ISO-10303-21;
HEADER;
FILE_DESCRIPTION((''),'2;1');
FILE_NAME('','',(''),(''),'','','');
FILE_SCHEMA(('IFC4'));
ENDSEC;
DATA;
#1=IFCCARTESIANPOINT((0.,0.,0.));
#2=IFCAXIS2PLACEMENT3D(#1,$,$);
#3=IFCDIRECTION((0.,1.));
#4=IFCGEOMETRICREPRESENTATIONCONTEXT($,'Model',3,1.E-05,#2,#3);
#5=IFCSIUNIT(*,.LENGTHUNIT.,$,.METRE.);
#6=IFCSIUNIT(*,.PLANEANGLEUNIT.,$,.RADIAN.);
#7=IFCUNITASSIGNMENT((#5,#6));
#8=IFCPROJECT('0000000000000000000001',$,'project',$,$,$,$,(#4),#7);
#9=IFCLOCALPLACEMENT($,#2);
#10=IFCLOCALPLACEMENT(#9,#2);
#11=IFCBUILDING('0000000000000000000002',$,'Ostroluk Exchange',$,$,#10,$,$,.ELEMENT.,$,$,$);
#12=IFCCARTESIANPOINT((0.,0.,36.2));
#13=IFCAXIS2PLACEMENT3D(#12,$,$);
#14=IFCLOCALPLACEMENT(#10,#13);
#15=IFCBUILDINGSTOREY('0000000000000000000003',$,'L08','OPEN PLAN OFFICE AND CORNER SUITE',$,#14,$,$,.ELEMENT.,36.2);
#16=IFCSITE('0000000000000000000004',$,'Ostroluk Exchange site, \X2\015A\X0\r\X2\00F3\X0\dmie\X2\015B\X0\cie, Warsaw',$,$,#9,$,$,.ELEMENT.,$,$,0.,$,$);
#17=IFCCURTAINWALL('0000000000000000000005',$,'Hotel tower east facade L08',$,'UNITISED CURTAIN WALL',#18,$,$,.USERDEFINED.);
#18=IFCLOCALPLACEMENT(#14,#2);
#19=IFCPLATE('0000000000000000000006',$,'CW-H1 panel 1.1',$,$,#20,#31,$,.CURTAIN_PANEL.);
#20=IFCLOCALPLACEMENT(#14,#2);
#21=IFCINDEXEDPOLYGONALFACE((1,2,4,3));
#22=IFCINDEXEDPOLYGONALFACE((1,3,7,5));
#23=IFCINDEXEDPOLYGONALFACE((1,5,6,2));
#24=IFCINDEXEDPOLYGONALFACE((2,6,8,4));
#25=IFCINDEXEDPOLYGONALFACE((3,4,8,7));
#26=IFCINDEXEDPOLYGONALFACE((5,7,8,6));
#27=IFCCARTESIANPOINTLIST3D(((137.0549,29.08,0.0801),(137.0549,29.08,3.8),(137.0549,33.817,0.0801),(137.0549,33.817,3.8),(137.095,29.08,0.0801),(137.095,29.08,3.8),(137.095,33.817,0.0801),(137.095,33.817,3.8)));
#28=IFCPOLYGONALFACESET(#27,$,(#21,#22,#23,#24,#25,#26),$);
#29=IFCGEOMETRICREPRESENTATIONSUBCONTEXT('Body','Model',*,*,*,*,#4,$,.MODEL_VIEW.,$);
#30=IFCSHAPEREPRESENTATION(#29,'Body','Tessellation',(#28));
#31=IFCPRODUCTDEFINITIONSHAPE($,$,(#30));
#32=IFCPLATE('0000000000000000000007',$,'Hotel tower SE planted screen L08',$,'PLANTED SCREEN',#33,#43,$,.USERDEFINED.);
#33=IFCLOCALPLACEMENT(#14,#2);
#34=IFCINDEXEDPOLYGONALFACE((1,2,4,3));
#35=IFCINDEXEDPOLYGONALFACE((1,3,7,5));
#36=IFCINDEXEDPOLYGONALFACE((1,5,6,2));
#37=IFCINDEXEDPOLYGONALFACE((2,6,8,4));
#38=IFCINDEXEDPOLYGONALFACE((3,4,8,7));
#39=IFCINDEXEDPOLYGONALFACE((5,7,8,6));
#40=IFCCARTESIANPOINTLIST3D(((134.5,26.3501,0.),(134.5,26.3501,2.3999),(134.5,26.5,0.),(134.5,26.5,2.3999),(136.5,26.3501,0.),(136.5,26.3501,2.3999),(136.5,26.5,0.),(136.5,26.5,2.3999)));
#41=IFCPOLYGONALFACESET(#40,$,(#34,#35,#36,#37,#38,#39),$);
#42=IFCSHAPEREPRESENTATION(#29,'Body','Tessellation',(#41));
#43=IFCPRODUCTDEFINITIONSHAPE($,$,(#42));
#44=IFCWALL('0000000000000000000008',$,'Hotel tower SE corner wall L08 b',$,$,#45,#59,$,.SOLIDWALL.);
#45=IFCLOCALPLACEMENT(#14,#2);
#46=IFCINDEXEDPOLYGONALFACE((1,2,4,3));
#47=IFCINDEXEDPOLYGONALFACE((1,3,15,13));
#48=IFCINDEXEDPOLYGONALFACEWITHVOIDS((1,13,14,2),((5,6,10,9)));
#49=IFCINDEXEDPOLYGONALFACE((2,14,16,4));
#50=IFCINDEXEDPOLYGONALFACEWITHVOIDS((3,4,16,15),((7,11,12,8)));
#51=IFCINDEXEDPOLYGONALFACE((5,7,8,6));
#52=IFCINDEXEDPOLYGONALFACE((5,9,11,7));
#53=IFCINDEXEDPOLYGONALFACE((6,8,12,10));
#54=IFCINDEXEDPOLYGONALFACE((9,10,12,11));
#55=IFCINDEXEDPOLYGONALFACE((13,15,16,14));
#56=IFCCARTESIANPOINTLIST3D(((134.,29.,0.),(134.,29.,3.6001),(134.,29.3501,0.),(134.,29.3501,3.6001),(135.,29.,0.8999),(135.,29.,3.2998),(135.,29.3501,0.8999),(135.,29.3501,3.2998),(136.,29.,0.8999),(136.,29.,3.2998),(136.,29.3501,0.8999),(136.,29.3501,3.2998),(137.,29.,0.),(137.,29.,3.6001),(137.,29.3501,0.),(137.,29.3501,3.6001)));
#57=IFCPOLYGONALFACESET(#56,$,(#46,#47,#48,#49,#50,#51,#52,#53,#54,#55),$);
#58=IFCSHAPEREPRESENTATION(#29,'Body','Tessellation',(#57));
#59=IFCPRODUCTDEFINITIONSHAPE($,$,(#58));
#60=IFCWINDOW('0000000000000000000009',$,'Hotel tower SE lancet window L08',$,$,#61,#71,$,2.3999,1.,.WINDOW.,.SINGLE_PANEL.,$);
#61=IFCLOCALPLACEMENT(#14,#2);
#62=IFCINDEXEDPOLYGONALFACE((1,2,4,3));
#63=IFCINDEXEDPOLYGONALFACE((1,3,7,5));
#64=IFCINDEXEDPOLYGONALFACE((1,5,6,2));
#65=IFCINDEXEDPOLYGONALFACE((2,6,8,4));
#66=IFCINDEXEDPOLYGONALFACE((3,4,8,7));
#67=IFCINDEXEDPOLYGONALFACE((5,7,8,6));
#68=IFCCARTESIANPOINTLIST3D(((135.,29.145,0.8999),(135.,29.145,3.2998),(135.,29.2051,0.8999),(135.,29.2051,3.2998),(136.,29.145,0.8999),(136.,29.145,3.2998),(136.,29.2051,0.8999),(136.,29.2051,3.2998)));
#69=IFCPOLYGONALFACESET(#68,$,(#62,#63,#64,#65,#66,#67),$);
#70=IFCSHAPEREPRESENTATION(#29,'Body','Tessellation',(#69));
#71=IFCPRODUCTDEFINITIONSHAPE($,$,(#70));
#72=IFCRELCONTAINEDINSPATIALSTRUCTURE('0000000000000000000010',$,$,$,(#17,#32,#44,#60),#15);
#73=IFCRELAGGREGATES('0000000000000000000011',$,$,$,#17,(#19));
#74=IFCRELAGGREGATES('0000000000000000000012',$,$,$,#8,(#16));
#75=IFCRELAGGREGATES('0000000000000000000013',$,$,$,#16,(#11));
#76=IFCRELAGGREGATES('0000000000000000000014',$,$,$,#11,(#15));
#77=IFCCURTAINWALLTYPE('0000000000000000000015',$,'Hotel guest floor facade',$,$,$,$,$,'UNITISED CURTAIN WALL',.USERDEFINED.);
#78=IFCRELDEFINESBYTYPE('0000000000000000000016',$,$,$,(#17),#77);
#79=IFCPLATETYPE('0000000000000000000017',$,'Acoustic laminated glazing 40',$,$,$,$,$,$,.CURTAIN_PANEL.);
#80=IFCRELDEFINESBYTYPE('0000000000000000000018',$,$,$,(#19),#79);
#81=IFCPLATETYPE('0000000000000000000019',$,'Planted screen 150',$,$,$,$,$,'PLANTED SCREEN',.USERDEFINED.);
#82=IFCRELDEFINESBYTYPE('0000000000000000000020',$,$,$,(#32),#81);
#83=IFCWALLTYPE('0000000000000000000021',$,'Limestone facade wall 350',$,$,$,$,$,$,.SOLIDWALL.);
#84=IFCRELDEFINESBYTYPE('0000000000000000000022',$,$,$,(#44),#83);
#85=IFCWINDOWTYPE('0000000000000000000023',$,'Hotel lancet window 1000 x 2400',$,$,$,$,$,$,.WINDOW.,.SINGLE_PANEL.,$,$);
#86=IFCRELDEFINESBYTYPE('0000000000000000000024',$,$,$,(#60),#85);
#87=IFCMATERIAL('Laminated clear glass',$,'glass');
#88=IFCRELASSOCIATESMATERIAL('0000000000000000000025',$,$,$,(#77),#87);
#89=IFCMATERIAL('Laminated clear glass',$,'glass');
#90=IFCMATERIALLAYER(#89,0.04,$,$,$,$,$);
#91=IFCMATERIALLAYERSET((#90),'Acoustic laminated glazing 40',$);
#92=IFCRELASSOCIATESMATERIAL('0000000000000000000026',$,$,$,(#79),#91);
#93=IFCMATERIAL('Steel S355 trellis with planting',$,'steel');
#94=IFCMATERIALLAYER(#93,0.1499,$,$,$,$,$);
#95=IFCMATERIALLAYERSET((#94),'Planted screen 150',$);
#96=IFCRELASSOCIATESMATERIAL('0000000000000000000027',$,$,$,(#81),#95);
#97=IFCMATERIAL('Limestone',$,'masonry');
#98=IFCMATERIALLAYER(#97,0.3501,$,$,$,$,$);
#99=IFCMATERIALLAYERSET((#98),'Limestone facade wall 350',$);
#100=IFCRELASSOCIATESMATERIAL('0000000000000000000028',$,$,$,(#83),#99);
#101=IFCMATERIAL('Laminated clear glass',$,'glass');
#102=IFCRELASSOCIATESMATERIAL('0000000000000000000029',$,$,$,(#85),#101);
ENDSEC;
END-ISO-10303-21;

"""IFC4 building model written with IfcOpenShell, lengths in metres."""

from ifc_helpers import new_model, si_unit, direction, frame, frame_2d, origin, origin_2d, place, context, subcontext, project, spatial, rectangle, extrude, material, layer, layer_set, type_object, element, fill, aggregate, save


model = new_model("IFC4")

# Units and contexts
model_context = context("Model", 3, precision=1e-05, world=origin(), true_north=direction((0.0, 1.0)))
body_context = subcontext(model_context, "Body", "Model", "MODEL_VIEW")
ifc_project = project(units=[si_unit("LENGTHUNIT", "METRE"), si_unit("PLANEANGLEUNIT", "RADIAN")], contexts=[model_context])

# Site, building, storey
site_placement = place(None, origin())
site = spatial("IfcSite", under=ifc_project, at=site_placement, Name="Ostroluk Exchange site, Śródmieście, Warsaw", CompositionType="ELEMENT", RefElevation=0.0)
building_placement = place(site_placement, origin())
building = spatial("IfcBuilding", under=site, at=building_placement, Name="Ostroluk Exchange", CompositionType="ELEMENT")
storey_placement = place(building_placement, frame((0.0, 0.0, 36.2)))
storey = spatial("IfcBuildingStorey", under=building, at=storey_placement, Name="L08", Description="OPEN PLAN OFFICE AND CORNER SUITE", CompositionType="ELEMENT", Elevation=36.2)

# Curtain wall
ifc_material_1 = material(Name="Laminated clear glass", Category="glass")
curtain_wall_type = type_object("IfcCurtainWallType", Name="Hotel guest floor facade", ElementType="UNITISED CURTAIN WALL", PredefinedType="USERDEFINED", material=ifc_material_1)
curtain_wall_1_placement = place(storey_placement, origin())
curtain_wall_1 = element("IfcCurtainWall", 1, at=curtain_wall_1_placement, inside=storey, type_object=curtain_wall_type, Name="Hotel tower east facade L08", ObjectType="UNITISED CURTAIN WALL", PredefinedType="USERDEFINED")

# Plates
ifc_material_2 = material(Name="Laminated clear glass", Category="glass")
ifc_layer_1 = layer(ifc_material_2, 0.04)
ifc_layer_set_1 = layer_set([ifc_layer_1], Name="Acoustic laminated glazing 40")
plate_type_1 = type_object("IfcPlateType", Name="Acoustic laminated glazing 40", PredefinedType="CURTAIN_PANEL", material=ifc_layer_set_1)
plate_1_placement = place(storey_placement, frame((137.075, 31.4485, 0.0801), z_axis=(0.0, 0.0, 1.0), x_axis=(0.0, 1.0, 0.0)))
plate_1 = element("IfcPlate", 2, at=plate_1_placement, type_object=plate_type_1, Name="CW-H1 panel 1.1", PredefinedType="CURTAIN_PANEL", context=body_context, shape_type="SweptSolid", body=[
    extrude(rectangle(XDim=4.7371, YDim=0.04, at=origin_2d()), origin(), (0.0, 0.0, 1.0), 3.72),
])
aggregate(curtain_wall_1, [plate_1])
ifc_material_3 = material(Name="Steel S355 trellis with planting", Category="steel")
ifc_layer_2 = layer(ifc_material_3, 0.1499)
ifc_layer_set_2 = layer_set([ifc_layer_2], Name="Planted screen 150")
plate_type_2 = type_object("IfcPlateType", Name="Planted screen 150", ElementType="PLANTED SCREEN", PredefinedType="USERDEFINED", material=ifc_layer_set_2)
plate_2_placement = place(storey_placement, frame((135.5, 26.425, 0.0), z_axis=(0.0, 0.0, 1.0), x_axis=(1.0, 0.0, 0.0)))
element("IfcPlate", 3, at=plate_2_placement, inside=storey, type_object=plate_type_2, Name="Hotel tower SE planted screen L08", ObjectType="PLANTED SCREEN", PredefinedType="USERDEFINED", context=body_context, shape_type="SweptSolid", body=[
    extrude(rectangle(XDim=2.0, YDim=0.1499, at=origin_2d()), origin(), (0.0, 0.0, 1.0), 2.3999),
])

# Shared definitions
ifc_material_4 = material(Name="Limestone", Category="masonry")
ifc_layer_3 = layer(ifc_material_4, 0.3501)
ifc_layer_set_3 = layer_set([ifc_layer_3], Name="Limestone facade wall 350")
wall_type = type_object("IfcWallType", Name="Limestone facade wall 350", PredefinedType="SOLIDWALL", material=ifc_layer_set_3)

# Wall, opening, window
wall_1_placement = place(storey_placement, frame((134.0, 29.175, 0.0), z_axis=(0.0, 0.0, 1.0), x_axis=(1.0, 0.0, 0.0)))
wall_1 = element("IfcWall", 4, at=wall_1_placement, inside=storey, type_object=wall_type, Name="Hotel tower SE corner wall L08 b", PredefinedType="SOLIDWALL", context=body_context, shape_type="SweptSolid", body=[
    extrude(rectangle(XDim=3.0, YDim=0.3501, at=frame_2d((1.5, 0.0))), origin(), (0.0, 0.0, 1.0), 3.6001),
])
opening_1_placement = place(wall_1_placement, frame((1.0, 0.0, 0.8999)))
opening_1 = element("IfcOpeningElement", 5, at=opening_1_placement, cuts=wall_1, PredefinedType="OPENING", context=body_context, shape_type="SweptSolid", body=[
    extrude(rectangle(XDim=1.0, YDim=2.3999, at=frame_2d((0.5, 1.2))), frame((0.0, 0.1851, 0.0), z_axis=(0.0, -1.0, 0.0), x_axis=(1.0, 0.0, 0.0)), (0.0, 0.0, 1.0), 0.3701),
])
ifc_material_5 = material(Name="Laminated clear glass", Category="glass")
window_type = type_object("IfcWindowType", Name="Hotel lancet window 1000 x 2400", PartitioningType="SINGLE_PANEL", PredefinedType="WINDOW", material=ifc_material_5)
window_placement = place(opening_1_placement, origin())
window = element("IfcWindow", 6, at=window_placement, inside=storey, type_object=window_type, Name="Hotel tower SE lancet window L08", OverallHeight=2.3999, OverallWidth=1.0, PartitioningType="SINGLE_PANEL", PredefinedType="WINDOW", context=body_context, shape_type="SweptSolid", body=[
    extrude(rectangle(XDim=1.0, YDim=2.3999, at=frame_2d((0.5, 1.2))), frame((0.0, 0.03, 0.0), z_axis=(0.0, -1.0, 0.0), x_axis=(1.0, 0.0, 0.0)), (0.0, 0.0, 1.0), 0.0601),
])
fill(opening_1, window)

save(model, "model.ifc")
